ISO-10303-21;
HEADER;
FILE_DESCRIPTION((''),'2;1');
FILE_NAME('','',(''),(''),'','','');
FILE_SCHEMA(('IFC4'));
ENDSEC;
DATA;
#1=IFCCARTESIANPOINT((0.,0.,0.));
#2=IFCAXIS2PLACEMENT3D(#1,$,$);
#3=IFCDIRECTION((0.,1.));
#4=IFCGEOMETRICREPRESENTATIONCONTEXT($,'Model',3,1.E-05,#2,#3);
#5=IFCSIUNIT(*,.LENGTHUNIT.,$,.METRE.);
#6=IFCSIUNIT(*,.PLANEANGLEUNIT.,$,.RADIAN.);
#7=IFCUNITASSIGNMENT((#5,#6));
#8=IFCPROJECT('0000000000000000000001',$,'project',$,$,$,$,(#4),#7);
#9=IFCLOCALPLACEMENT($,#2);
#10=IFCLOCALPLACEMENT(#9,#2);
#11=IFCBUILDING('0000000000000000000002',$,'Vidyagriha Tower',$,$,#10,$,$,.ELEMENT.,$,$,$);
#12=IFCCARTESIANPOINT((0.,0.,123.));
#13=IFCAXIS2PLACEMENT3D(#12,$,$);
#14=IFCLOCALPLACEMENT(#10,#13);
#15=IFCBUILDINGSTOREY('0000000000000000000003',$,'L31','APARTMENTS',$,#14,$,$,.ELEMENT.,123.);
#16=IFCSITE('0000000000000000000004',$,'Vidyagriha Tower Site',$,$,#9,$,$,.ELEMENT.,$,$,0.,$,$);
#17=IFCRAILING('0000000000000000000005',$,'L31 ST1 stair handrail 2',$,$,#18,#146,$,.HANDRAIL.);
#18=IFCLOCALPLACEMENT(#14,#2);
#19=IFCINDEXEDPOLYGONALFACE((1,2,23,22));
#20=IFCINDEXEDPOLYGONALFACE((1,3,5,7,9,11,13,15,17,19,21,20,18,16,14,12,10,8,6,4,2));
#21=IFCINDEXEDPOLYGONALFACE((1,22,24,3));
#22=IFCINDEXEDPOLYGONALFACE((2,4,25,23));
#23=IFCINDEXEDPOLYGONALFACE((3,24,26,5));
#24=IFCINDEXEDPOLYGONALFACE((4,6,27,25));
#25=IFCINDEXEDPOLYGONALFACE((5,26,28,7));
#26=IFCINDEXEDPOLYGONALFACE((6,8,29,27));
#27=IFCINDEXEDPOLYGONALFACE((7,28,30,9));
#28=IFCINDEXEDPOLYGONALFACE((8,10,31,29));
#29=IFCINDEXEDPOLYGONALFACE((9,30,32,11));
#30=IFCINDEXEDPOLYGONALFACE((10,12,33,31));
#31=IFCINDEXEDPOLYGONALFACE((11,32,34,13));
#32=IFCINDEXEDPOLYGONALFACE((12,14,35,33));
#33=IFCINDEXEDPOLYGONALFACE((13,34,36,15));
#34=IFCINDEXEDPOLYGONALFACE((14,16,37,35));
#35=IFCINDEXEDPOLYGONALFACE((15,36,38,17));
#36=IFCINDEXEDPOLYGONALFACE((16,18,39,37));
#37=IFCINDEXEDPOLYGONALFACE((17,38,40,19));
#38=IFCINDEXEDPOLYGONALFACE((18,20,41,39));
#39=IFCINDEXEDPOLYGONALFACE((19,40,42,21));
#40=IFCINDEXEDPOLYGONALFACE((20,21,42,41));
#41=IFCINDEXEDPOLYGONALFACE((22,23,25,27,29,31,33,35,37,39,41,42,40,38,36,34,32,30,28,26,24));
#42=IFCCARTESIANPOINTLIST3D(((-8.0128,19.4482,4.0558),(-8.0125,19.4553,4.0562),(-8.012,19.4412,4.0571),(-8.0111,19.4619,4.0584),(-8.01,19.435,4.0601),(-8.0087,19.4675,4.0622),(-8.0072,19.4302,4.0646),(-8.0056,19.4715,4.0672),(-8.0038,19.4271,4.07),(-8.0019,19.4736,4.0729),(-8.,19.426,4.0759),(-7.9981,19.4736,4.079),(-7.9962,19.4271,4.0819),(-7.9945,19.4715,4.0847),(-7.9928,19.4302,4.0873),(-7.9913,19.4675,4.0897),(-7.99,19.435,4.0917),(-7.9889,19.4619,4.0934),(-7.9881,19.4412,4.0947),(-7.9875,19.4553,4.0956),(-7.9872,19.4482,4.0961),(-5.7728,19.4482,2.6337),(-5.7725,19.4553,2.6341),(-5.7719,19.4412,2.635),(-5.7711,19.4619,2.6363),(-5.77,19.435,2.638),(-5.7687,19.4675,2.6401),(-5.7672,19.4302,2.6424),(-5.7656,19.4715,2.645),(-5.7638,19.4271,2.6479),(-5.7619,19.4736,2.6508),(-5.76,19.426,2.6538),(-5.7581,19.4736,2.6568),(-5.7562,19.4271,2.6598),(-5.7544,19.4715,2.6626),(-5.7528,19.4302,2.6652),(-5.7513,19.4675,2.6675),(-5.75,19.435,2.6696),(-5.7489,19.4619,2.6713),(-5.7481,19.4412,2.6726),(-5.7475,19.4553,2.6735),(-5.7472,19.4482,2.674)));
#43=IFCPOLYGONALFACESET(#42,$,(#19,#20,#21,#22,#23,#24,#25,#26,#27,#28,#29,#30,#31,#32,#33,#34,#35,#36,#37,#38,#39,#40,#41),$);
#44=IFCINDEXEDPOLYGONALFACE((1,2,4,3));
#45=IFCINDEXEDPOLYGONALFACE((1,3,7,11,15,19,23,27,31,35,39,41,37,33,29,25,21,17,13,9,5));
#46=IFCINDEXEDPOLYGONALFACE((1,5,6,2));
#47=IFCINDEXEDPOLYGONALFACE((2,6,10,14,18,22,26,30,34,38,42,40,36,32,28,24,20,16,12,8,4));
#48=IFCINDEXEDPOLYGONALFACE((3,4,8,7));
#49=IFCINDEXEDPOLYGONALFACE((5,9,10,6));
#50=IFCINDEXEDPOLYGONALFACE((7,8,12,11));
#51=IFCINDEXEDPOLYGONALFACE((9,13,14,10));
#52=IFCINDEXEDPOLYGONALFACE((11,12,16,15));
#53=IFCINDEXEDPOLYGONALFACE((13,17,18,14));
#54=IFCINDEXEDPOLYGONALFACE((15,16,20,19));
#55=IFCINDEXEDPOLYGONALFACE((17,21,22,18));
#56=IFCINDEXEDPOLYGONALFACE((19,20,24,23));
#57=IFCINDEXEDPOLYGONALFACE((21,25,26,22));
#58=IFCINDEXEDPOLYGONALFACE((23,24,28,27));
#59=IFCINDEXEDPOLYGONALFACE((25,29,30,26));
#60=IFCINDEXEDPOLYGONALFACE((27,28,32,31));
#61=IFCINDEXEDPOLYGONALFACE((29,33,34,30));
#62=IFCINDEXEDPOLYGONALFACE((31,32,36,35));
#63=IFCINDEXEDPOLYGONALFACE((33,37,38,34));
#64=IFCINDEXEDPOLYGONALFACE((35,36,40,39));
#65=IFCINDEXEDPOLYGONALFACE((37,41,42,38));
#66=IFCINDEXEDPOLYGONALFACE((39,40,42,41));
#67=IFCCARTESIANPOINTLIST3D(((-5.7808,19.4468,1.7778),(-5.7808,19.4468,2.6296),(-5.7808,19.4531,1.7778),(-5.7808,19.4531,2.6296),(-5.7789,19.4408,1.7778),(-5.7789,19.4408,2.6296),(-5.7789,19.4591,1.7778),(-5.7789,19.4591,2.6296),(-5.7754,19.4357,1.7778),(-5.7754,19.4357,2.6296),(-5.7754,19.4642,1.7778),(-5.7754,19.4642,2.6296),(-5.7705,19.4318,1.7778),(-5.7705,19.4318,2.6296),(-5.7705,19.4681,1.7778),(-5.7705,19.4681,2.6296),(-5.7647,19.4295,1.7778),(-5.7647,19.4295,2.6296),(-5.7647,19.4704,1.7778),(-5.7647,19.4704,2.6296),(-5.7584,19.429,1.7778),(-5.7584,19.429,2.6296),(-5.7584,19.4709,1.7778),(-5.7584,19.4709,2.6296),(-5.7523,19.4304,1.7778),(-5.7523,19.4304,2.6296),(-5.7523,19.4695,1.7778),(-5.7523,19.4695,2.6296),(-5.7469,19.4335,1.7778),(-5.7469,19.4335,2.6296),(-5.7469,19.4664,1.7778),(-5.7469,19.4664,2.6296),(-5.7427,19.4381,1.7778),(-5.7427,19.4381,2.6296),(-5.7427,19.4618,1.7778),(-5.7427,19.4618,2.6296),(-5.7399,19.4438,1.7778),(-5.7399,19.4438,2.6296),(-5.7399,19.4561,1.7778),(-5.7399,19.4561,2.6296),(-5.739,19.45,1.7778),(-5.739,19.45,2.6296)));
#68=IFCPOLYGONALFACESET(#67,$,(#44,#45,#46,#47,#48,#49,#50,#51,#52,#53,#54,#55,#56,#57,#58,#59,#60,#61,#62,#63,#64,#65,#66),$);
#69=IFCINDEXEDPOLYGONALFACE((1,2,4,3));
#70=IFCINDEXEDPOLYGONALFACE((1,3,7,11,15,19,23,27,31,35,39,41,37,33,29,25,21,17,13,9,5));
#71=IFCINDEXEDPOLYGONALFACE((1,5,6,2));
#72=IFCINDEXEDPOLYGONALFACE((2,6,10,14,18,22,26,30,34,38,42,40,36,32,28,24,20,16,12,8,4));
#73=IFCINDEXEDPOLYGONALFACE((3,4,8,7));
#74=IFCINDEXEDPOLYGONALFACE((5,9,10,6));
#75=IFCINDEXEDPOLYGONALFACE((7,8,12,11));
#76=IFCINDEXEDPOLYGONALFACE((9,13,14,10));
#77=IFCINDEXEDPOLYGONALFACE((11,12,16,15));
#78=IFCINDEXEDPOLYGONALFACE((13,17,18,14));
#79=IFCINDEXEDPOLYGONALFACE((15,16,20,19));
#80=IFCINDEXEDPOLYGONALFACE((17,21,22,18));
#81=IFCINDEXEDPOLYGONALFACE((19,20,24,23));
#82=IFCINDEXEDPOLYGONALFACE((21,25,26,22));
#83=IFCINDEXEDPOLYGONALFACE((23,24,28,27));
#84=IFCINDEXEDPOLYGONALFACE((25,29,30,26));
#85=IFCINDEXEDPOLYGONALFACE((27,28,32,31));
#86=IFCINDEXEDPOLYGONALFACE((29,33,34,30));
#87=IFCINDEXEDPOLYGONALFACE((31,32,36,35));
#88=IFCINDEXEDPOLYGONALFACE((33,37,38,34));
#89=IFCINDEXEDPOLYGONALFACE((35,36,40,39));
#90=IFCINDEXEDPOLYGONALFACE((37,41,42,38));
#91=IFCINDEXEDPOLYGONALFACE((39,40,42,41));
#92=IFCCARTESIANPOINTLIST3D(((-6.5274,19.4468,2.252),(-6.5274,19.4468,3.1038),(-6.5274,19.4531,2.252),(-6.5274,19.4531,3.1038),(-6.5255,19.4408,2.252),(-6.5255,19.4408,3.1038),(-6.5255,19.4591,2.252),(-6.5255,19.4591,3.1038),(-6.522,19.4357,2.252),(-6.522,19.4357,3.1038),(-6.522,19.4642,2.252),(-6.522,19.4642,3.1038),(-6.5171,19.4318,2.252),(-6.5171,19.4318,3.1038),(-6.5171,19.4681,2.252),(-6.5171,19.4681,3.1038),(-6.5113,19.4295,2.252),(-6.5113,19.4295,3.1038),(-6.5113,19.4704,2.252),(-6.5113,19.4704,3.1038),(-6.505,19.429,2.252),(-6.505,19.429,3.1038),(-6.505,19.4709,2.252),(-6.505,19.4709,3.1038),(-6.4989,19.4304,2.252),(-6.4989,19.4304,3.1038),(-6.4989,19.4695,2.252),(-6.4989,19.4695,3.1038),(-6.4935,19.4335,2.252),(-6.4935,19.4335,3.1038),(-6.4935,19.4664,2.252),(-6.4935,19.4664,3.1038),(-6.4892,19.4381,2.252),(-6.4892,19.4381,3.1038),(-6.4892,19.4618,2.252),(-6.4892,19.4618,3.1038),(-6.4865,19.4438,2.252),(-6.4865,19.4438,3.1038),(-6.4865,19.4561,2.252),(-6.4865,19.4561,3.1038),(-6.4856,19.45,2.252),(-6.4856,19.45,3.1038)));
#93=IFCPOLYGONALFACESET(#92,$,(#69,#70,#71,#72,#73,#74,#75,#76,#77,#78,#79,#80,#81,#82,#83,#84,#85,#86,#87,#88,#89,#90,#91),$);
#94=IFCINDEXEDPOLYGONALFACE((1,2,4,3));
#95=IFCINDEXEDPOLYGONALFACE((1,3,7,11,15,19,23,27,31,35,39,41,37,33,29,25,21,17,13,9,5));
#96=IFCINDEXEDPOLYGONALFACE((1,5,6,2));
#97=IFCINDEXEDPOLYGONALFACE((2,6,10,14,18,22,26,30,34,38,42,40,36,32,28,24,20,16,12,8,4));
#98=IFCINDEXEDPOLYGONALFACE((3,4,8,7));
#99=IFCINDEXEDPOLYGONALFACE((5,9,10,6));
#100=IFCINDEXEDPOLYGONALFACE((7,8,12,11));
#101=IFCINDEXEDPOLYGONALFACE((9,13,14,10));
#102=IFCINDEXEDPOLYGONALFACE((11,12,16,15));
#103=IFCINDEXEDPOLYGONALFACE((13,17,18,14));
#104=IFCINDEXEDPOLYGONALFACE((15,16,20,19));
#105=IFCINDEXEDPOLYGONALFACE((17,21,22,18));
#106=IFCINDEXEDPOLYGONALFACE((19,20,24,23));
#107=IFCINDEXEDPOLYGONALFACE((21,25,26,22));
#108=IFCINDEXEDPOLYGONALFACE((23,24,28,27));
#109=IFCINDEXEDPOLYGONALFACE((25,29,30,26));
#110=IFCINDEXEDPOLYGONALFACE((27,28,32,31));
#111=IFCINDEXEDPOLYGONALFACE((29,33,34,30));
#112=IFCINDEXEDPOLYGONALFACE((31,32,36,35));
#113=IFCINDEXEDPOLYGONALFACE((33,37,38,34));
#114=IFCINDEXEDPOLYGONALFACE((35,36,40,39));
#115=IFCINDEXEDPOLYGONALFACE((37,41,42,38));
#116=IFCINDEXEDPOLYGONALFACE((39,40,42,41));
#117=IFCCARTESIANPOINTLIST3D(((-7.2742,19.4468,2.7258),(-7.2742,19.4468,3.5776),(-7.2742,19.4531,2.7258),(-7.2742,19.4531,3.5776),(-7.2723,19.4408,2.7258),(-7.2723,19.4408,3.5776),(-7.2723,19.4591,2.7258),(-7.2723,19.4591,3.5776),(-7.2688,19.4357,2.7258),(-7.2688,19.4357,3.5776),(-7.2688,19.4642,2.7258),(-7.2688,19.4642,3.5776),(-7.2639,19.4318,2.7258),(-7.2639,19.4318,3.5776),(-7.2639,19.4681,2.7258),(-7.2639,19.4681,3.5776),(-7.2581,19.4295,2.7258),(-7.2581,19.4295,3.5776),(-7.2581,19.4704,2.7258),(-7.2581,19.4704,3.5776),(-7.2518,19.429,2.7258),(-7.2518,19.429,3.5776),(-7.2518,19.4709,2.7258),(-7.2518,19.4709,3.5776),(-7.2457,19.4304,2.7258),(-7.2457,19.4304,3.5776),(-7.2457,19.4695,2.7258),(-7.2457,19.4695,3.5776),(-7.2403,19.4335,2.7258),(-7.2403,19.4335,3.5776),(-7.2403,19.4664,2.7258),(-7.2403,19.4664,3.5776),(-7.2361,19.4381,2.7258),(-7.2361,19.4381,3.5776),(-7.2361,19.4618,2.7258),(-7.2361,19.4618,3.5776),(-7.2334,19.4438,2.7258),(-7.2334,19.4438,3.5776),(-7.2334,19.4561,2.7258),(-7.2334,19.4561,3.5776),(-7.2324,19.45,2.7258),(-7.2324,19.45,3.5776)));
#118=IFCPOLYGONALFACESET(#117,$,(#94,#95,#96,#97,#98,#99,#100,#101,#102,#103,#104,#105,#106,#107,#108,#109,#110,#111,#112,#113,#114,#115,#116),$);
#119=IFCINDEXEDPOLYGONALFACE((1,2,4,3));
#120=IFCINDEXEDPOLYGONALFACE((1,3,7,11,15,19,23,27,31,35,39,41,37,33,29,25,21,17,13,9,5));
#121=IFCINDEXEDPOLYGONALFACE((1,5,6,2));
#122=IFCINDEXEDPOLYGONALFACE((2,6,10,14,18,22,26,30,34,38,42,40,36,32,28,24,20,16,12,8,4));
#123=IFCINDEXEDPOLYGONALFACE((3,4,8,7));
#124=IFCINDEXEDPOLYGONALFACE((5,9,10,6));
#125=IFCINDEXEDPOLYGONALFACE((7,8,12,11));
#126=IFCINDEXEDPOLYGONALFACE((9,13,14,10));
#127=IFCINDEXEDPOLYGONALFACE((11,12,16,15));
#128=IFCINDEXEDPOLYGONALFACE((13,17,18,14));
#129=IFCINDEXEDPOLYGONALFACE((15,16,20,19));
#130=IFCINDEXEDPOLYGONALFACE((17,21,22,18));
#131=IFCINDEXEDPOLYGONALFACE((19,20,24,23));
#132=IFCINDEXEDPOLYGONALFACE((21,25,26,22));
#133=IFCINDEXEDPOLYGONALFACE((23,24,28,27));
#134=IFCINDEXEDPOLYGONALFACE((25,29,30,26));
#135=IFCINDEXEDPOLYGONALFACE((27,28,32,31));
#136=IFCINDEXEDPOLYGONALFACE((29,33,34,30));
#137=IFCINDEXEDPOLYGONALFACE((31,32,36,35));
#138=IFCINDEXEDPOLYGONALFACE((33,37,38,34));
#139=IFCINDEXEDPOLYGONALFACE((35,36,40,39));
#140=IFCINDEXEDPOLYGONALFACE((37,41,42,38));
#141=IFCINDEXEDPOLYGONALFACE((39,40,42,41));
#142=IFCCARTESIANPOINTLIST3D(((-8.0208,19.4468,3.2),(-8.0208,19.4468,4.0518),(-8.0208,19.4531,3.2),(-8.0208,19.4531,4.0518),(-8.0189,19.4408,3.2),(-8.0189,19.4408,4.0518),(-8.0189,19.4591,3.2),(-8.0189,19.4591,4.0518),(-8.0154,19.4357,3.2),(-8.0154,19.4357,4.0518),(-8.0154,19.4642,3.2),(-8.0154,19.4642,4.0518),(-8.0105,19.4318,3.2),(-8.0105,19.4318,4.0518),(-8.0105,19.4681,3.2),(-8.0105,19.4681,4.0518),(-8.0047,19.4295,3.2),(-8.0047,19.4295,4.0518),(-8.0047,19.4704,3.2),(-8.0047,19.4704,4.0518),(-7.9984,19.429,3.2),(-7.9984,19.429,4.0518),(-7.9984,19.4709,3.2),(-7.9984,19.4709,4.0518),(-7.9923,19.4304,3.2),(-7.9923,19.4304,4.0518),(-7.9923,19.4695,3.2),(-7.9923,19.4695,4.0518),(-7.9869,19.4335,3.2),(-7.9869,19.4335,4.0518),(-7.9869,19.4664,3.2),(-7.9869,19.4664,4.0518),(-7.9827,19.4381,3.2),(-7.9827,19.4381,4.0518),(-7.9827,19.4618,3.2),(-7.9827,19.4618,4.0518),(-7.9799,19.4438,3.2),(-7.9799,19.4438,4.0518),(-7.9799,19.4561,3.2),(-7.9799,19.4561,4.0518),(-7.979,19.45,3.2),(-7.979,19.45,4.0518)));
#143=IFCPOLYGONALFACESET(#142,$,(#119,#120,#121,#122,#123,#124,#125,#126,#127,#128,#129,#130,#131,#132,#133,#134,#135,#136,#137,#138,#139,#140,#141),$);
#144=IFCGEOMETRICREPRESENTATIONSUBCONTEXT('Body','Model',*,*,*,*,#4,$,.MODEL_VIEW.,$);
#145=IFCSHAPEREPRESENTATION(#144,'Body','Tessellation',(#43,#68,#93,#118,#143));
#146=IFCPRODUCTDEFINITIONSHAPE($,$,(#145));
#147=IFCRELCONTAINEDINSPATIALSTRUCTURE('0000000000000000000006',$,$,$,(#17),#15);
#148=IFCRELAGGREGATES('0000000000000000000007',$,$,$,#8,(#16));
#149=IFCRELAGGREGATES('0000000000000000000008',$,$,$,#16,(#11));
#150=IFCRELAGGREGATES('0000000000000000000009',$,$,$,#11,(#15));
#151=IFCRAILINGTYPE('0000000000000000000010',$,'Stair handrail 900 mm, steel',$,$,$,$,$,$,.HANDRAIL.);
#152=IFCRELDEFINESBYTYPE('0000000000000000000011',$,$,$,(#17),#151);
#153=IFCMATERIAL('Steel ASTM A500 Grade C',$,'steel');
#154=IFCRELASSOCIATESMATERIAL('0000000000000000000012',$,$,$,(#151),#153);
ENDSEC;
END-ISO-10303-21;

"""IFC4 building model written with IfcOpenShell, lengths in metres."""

from ifc_helpers import new_model, si_unit, direction, frame, origin, origin_2d, place, context, subcontext, project, spatial, circle, extrude, material, type_object, element, save


model = new_model("IFC4")

# Units and contexts
model_context = context("Model", 3, precision=1e-05, world=origin(), true_north=direction((0.0, 1.0)))
body_context = subcontext(model_context, "Body", "Model", "MODEL_VIEW")
ifc_project = project(units=[si_unit("LENGTHUNIT", "METRE"), si_unit("PLANEANGLEUNIT", "RADIAN")], contexts=[model_context])

# Site, building, storey
site_placement = place(None, origin())
site = spatial("IfcSite", under=ifc_project, at=site_placement, Name="Vidyagriha Tower Site", CompositionType="ELEMENT", RefElevation=0.0)
building_placement = place(site_placement, origin())
building = spatial("IfcBuilding", under=site, at=building_placement, Name="Vidyagriha Tower", CompositionType="ELEMENT")
storey_placement = place(building_placement, frame((0.0, 0.0, 123.0)))
storey = spatial("IfcBuildingStorey", under=building, at=storey_placement, Name="L31", Description="APARTMENTS", CompositionType="ELEMENT", Elevation=123.0)

# Railing
ifc_material_1 = material(Name="Steel ASTM A500 Grade C", Category="steel")
railing_type_1 = type_object("IfcRailingType", Name="Stair handrail 900 mm, steel", PredefinedType="HANDRAIL", material=ifc_material_1)
railing_1_placement = place(storey_placement, frame((-5.76, 19.45, 1.7778)))
element("IfcRailing", 1, at=railing_1_placement, inside=storey, type_object=railing_type_1, Name="L31 ST1 stair handrail 2", PredefinedType="HANDRAIL", context=body_context, shape_type="SweptSolid", body=[
    extrude(circle(Radius=0.0239, at=origin_2d()), frame((0.0, 0.0, 0.876), z_axis=(-0.844229, 0.0, 0.535982), x_axis=(0.0, -1.0, 0.0)), (0.0, 0.0, 1.0), 2.6533),
    extrude(circle(Radius=0.021, at=origin_2d()), origin(), (0.0, 0.0, 1.0), 0.8518),
    extrude(circle(Radius=0.021, at=origin_2d()), frame((-0.7466, 0.0, 0.4741)), (0.0, 0.0, 1.0), 0.8518),
    extrude(circle(Radius=0.021, at=origin_2d()), frame((-1.4934, 0.0, 0.948)), (0.0, 0.0, 1.0), 0.8518),
    extrude(circle(Radius=0.021, at=origin_2d()), frame((-2.24, 0.0, 1.4221)), (0.0, 0.0, 1.0), 0.8518),
])

save(model, "model.ifc")
